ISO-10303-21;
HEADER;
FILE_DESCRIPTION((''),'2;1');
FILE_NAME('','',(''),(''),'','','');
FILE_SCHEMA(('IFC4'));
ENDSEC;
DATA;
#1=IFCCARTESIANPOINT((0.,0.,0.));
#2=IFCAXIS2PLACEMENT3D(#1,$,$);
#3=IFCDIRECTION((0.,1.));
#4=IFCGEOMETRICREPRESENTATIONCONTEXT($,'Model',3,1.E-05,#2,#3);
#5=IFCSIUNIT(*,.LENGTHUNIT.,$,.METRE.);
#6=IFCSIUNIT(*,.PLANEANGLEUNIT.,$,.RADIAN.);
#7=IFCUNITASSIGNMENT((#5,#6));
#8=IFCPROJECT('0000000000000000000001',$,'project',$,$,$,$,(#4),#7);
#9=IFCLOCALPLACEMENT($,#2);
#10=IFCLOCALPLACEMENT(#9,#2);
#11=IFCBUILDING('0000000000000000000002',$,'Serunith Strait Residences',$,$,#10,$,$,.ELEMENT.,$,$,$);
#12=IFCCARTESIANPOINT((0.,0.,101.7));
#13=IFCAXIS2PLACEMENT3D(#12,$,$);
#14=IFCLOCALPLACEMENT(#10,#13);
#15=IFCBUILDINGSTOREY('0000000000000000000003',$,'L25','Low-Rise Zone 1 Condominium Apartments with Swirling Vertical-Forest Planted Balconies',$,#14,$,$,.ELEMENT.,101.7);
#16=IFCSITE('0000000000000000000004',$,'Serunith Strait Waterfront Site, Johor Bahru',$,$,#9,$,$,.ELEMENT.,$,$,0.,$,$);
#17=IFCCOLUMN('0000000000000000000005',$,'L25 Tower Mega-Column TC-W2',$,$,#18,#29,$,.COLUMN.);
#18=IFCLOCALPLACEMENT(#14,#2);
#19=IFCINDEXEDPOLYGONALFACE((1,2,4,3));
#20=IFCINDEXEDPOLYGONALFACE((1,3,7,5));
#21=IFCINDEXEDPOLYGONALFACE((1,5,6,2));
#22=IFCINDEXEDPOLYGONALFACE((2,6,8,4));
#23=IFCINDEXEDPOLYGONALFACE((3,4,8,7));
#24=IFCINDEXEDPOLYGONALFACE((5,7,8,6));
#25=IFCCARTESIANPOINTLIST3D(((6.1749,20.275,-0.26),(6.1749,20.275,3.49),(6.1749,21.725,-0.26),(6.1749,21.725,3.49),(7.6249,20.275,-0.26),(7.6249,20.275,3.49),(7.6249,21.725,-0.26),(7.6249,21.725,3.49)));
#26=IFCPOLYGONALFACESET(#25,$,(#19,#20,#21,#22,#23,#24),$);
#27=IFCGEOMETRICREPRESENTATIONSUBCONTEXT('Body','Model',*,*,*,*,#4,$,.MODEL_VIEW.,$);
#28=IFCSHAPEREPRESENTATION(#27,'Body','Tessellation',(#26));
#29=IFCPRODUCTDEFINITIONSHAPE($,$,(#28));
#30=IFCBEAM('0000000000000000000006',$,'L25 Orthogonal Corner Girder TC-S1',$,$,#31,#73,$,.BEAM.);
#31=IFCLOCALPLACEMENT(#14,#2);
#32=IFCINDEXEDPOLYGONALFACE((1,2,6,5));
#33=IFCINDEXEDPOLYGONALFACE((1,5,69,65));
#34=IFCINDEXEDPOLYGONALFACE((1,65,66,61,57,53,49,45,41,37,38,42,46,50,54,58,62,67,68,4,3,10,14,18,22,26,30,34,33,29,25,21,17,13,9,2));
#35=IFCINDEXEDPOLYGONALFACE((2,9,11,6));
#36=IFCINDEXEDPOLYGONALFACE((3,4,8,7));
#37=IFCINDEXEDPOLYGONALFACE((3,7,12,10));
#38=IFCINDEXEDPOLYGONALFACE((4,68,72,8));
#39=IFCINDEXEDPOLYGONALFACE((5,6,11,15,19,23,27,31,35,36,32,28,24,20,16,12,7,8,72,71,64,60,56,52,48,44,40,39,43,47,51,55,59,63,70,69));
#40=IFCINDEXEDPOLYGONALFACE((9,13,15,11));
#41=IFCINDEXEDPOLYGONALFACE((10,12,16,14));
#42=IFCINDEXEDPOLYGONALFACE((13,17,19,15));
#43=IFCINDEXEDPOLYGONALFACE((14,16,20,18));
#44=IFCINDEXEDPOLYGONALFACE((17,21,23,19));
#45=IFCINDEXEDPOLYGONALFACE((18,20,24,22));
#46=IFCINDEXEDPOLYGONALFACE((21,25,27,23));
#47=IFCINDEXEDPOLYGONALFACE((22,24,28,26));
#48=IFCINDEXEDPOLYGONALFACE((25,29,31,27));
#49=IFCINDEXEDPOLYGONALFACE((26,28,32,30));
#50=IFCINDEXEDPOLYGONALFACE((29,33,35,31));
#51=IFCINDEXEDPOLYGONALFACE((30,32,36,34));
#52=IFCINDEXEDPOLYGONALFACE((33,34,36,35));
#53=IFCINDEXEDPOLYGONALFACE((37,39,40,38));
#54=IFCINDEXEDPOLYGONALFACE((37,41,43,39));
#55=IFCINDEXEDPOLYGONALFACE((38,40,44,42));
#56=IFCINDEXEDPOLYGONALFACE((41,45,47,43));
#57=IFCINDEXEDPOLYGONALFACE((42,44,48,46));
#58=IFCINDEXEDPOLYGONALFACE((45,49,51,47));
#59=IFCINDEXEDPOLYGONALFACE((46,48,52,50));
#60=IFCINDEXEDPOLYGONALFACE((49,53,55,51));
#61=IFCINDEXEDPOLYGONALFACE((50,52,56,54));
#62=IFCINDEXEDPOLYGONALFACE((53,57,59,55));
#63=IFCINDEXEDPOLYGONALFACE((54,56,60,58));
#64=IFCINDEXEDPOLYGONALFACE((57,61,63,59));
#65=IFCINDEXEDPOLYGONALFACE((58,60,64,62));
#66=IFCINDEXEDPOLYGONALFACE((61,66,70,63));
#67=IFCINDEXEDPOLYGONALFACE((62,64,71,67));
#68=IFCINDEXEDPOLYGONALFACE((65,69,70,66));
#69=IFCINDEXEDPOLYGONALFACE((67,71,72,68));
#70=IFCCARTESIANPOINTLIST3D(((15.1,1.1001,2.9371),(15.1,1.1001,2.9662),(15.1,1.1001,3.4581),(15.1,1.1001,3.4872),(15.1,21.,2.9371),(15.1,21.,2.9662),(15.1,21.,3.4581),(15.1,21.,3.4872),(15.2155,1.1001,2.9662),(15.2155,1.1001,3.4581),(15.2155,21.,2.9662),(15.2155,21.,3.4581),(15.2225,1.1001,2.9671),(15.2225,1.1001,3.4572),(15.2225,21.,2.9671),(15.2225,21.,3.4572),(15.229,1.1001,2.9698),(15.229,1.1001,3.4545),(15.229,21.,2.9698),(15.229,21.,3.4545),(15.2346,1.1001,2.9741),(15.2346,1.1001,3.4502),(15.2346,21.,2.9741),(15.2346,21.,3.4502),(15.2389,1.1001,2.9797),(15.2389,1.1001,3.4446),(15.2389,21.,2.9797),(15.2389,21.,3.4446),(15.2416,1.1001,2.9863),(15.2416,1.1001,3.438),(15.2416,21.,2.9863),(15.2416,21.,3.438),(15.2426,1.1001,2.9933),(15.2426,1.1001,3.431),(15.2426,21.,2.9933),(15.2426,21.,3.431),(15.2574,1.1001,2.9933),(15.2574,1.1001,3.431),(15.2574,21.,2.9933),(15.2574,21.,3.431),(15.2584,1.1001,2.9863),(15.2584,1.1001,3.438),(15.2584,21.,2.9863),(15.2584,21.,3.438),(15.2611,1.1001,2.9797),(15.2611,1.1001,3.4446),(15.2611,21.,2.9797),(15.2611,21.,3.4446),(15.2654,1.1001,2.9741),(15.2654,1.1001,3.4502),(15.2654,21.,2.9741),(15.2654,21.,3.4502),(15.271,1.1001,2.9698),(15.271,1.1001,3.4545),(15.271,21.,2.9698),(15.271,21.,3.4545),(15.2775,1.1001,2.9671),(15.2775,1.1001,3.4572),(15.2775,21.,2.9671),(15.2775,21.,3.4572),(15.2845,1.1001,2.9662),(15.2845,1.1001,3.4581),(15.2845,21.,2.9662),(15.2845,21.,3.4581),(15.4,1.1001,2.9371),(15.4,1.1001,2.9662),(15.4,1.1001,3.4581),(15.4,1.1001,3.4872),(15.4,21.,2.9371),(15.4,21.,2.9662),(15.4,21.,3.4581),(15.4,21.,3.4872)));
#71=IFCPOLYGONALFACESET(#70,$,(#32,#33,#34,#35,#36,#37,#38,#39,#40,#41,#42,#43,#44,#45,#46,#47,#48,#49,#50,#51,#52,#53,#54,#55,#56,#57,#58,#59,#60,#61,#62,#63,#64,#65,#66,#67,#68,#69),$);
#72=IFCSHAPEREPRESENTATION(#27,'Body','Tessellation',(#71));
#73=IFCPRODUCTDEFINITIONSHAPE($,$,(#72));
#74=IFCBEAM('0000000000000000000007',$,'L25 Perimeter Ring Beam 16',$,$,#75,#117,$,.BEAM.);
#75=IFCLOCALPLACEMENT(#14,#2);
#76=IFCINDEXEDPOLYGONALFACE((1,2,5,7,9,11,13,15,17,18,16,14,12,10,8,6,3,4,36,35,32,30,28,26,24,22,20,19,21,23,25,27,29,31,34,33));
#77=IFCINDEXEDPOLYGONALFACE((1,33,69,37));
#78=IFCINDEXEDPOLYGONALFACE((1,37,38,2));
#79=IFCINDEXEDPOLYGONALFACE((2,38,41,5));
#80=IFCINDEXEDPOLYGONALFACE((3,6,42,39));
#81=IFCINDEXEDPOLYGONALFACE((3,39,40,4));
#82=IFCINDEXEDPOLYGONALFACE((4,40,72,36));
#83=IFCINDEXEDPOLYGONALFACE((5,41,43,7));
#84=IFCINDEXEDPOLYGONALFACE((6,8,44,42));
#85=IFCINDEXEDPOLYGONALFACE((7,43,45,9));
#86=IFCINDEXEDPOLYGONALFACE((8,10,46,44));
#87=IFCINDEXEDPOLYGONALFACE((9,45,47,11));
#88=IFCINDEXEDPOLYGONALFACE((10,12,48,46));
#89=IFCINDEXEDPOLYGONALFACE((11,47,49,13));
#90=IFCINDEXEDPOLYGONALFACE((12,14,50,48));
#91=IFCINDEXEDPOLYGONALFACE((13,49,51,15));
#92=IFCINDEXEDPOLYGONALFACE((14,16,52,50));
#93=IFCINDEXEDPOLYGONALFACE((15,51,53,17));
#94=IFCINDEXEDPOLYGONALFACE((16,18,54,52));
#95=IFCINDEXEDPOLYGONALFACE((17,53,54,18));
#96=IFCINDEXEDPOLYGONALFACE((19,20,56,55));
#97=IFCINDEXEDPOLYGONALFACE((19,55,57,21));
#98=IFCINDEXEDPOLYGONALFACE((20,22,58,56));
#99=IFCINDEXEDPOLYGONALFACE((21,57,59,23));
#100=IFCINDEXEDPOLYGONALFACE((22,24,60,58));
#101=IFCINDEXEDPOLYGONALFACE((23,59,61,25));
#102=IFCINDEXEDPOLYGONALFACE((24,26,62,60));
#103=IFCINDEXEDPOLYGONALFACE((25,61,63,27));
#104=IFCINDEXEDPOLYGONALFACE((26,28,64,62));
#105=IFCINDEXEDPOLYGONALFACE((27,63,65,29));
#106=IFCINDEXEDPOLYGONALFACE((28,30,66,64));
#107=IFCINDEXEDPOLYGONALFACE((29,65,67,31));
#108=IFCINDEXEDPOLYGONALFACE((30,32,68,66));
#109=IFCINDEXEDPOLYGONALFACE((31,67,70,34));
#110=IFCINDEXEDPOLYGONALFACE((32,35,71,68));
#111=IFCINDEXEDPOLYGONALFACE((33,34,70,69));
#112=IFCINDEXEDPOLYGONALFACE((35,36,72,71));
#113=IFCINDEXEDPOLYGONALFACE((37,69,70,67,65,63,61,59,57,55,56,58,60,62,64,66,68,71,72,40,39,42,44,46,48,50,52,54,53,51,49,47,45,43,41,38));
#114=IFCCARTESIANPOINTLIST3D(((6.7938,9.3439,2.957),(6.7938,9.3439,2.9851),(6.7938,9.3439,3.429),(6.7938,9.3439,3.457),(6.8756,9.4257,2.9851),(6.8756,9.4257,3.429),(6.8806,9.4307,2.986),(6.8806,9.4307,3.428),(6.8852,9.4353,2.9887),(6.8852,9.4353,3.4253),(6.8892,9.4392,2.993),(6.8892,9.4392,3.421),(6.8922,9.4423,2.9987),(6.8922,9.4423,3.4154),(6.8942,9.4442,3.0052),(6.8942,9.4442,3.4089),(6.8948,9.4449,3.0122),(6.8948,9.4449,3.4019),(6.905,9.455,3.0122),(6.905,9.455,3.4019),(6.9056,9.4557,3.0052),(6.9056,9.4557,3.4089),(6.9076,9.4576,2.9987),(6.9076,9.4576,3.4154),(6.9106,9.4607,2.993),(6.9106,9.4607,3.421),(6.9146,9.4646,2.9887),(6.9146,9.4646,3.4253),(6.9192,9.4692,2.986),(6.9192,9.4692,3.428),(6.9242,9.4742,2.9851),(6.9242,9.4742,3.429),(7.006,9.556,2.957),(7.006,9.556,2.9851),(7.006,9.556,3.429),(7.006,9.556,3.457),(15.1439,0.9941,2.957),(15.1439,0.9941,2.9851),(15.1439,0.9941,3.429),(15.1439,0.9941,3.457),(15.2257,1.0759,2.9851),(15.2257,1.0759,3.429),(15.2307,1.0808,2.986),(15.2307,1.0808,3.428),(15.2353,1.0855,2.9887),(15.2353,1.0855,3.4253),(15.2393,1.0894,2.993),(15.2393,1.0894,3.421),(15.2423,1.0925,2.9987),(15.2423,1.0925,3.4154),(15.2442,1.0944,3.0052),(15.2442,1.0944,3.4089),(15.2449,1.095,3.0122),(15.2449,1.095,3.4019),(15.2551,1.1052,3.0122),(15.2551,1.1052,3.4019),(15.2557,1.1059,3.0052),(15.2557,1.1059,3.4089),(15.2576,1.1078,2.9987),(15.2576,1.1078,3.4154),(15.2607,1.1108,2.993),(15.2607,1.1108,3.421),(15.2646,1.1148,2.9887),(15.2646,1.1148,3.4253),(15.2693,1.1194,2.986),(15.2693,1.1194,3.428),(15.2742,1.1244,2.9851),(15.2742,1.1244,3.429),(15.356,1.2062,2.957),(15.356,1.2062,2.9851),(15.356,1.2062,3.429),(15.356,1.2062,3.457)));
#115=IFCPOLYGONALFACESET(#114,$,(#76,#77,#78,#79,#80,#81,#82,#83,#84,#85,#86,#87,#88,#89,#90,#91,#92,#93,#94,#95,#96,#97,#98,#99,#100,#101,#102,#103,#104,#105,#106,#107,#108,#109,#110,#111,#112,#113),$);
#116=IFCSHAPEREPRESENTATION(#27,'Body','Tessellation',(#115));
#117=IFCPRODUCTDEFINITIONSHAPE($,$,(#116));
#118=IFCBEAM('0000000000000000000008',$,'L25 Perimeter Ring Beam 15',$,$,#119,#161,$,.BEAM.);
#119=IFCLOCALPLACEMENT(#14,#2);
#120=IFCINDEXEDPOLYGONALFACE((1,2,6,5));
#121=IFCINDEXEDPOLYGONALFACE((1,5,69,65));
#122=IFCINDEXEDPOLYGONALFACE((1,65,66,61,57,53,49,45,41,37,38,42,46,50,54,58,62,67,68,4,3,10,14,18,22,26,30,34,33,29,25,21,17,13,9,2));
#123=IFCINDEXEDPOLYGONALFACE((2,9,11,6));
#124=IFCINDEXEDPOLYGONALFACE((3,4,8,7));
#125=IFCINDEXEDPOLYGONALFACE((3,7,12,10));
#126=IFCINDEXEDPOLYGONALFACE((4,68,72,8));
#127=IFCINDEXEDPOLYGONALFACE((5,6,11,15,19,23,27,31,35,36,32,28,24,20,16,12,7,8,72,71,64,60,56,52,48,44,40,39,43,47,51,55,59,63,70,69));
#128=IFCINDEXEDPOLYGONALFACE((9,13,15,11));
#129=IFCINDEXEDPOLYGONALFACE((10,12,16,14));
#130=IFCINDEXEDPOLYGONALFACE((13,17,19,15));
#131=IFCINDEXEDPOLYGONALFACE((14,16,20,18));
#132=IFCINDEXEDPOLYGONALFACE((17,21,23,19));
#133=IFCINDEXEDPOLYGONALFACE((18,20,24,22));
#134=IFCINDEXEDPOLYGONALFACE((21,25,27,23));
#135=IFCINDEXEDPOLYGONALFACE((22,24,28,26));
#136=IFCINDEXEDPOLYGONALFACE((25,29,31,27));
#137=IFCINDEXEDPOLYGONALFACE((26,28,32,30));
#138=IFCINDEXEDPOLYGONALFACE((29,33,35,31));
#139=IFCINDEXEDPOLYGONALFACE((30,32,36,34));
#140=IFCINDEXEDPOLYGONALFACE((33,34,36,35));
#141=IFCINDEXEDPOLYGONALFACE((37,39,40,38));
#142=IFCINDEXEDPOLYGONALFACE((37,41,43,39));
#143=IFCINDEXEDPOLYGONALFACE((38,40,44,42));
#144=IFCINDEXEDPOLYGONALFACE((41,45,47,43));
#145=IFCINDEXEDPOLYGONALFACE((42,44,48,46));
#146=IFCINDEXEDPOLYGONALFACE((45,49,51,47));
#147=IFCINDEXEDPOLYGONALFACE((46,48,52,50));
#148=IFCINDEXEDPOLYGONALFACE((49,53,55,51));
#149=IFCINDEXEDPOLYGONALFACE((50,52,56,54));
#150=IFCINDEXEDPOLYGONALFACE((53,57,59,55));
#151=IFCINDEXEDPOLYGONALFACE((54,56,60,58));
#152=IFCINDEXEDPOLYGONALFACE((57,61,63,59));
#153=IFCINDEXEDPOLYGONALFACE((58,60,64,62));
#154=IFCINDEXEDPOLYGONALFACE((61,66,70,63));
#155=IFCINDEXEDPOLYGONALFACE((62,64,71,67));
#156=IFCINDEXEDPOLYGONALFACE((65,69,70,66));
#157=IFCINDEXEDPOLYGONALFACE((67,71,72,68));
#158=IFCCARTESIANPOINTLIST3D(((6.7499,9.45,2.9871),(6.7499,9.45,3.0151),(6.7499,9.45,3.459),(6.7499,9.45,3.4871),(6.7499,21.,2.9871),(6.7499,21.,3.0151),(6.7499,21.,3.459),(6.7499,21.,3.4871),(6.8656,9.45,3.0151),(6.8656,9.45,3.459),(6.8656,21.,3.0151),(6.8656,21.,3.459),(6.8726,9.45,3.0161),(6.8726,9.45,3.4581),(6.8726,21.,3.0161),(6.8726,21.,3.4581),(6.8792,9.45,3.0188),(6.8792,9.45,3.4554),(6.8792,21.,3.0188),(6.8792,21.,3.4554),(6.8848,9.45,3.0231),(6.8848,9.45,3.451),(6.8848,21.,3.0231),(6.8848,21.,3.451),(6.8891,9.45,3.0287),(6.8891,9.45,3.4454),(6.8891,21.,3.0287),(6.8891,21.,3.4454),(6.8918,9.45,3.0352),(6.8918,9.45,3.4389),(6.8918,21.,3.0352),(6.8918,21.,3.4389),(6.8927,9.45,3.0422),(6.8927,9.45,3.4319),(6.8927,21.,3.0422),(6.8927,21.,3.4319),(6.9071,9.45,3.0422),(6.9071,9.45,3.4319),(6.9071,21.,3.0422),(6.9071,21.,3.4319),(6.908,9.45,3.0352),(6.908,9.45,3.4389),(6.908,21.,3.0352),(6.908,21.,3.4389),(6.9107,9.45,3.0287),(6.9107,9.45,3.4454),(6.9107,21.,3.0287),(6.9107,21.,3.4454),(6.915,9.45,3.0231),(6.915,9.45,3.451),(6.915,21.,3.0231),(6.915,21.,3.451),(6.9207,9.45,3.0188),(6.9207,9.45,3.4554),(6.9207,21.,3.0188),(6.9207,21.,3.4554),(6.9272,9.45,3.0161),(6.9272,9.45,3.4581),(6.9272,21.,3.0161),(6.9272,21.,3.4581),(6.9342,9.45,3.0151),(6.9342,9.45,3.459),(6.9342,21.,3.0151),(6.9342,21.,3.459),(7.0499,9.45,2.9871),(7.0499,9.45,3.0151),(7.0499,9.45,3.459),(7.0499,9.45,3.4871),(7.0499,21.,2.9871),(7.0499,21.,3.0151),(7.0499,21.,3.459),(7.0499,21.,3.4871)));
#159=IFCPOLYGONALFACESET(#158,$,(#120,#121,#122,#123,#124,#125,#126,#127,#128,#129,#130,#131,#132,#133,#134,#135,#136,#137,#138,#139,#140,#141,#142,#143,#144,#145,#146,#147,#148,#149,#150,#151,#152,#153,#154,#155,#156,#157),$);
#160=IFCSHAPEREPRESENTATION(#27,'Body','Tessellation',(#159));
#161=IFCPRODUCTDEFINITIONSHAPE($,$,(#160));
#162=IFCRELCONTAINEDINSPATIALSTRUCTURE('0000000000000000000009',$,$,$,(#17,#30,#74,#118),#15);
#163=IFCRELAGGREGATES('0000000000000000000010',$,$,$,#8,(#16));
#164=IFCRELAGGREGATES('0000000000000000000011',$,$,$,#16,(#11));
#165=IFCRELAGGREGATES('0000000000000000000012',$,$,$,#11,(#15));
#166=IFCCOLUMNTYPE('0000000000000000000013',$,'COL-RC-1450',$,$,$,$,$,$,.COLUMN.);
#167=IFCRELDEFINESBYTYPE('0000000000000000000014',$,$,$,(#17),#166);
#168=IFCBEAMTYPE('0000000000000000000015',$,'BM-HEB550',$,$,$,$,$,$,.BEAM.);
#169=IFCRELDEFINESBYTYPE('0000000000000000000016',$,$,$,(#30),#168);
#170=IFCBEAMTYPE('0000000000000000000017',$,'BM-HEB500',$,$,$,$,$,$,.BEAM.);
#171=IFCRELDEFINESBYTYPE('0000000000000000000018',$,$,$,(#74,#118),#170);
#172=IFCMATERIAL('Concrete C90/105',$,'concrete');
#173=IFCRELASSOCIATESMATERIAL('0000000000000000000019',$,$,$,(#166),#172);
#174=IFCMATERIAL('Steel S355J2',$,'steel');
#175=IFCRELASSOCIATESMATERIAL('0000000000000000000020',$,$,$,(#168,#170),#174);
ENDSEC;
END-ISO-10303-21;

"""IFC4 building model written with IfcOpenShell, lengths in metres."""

from ifc_helpers import new_model, si_unit, direction, frame, origin, origin_2d, place, context, subcontext, project, spatial, rectangle, i_section, extrude, source, transform, mapped, material, material_profile, profile_set, type_object, element, save


model = new_model("IFC4")

# Units and contexts
model_context = context("Model", 3, precision=1e-05, world=origin(), true_north=direction((0.0, 1.0)))
body_context = subcontext(model_context, "Body", "Model", "MODEL_VIEW")
ifc_project = project(units=[si_unit("LENGTHUNIT", "METRE"), si_unit("PLANEANGLEUNIT", "RADIAN")], contexts=[model_context])

# Site, building, storey
site_placement = place(None, origin())
site = spatial("IfcSite", under=ifc_project, at=site_placement, Name="Serunith Strait Waterfront Site, Johor Bahru", CompositionType="ELEMENT", RefElevation=0.0)
building_placement = place(site_placement, origin())
building = spatial("IfcBuilding", under=site, at=building_placement, Name="Serunith Strait Residences", CompositionType="ELEMENT")
storey_placement = place(building_placement, frame((0.0, 0.0, 101.7)))
storey = spatial("IfcBuildingStorey", under=building, at=storey_placement, Name="L25", Description="Low-Rise Zone 1 Condominium Apartments with Swirling Vertical-Forest Planted Balconies", CompositionType="ELEMENT", Elevation=101.7)

# Column
ifc_material_1 = material(Name="Concrete C90/105", Category="concrete")
ifc_material_profile_1 = material_profile(ifc_material_1, rectangle(XDim=1.45, YDim=1.45, at=origin_2d()), Name="RC 1450x1450")
ifc_profile_set_1 = profile_set([ifc_material_profile_1], Name="Concrete C90/105")
column_type = type_object("IfcColumnType", Name="COL-RC-1450", PredefinedType="COLUMN", material=ifc_profile_set_1)
shared_shape_1 = source(origin(), body_context, "Body", "SweptSolid", [
    extrude(rectangle(XDim=1.45, YDim=1.45, at=origin_2d()), origin(), (0.0, 0.0, 1.0), 3.75),
])
column_placement = place(storey_placement, frame((6.8999, 21.0, -0.26), z_axis=(0.0, 0.0, 1.0), x_axis=(1.0, 0.0, 0.0)))
element("IfcColumn", 1, at=column_placement, inside=storey, type_object=column_type, Name="L25 Tower Mega-Column TC-W2", PredefinedType="COLUMN", context=body_context, shape_type="MappedRepresentation", body=[
    mapped(shared_shape_1, transform((0.0, 0.0, 0.0), scale=1.0)),
])

# Beams
ifc_material_2 = material(Name="Steel S355J2", Category="steel")
ifc_material_profile_2 = material_profile(ifc_material_2, i_section(OverallWidth=0.3, OverallDepth=0.55, WebThickness=0.0149, FlangeThickness=0.0291, FilletRadius=0.0271, at=origin_2d()), Name="HEB 550")
ifc_profile_set_2 = profile_set([ifc_material_profile_2], Name="Steel S355J2")
beam_type_1 = type_object("IfcBeamType", Name="BM-HEB550", PredefinedType="BEAM", material=ifc_profile_set_2)
shared_shape_2 = source(origin(), body_context, "Body", "SweptSolid", [
    extrude(i_section(OverallWidth=0.3, OverallDepth=0.55, WebThickness=0.0149, FlangeThickness=0.0291, FilletRadius=0.0271, at=origin_2d()), origin(), (0.0, 0.0, 1.0), 19.8999),
])
beam_1_placement = place(storey_placement, frame((15.25, 21.0, 3.2122), z_axis=(0.0, -1.0, 0.0), x_axis=(1.0, 0.0, 0.0)))
element("IfcBeam", 2, at=beam_1_placement, inside=storey, type_object=beam_type_1, Name="L25 Orthogonal Corner Girder TC-S1", PredefinedType="BEAM", context=body_context, shape_type="MappedRepresentation", body=[
    mapped(shared_shape_2, transform((0.0, 0.0, 0.0), scale=1.0)),
])
ifc_material_profile_3 = material_profile(ifc_material_2, i_section(OverallWidth=0.3, OverallDepth=0.5, WebThickness=0.0144, FlangeThickness=0.0281, FilletRadius=0.0271, at=origin_2d()), Name="HEB 500")
ifc_profile_set_3 = profile_set([ifc_material_profile_3], Name="Steel S355J2")
beam_type_2 = type_object("IfcBeamType", Name="BM-HEB500", PredefinedType="BEAM", material=ifc_profile_set_3)
shared_shape_3 = source(origin(), body_context, "Body", "SweptSolid", [
    extrude(i_section(OverallWidth=0.3, OverallDepth=0.5, WebThickness=0.0144, FlangeThickness=0.0281, FilletRadius=0.0271, at=origin_2d()), origin(), (0.0, 0.0, 1.0), 11.8086),
])
beam_2_placement = place(storey_placement, frame((6.8999, 9.45, 3.207), z_axis=(0.707117, -0.707096, 0.0), x_axis=(0.707096, 0.707117, 0.0)))
element("IfcBeam", 3, at=beam_2_placement, inside=storey, type_object=beam_type_2, Name="L25 Perimeter Ring Beam 16", PredefinedType="BEAM", context=body_context, shape_type="MappedRepresentation", body=[
    mapped(shared_shape_3, transform((0.0, 0.0, 0.0), scale=1.0)),
])
shared_shape_4 = source(origin(), body_context, "Body", "SweptSolid", [
    extrude(i_section(OverallWidth=0.3, OverallDepth=0.5, WebThickness=0.0144, FlangeThickness=0.0281, FilletRadius=0.0271, at=origin_2d()), origin(), (0.0, 0.0, 1.0), 11.55),
])
beam_3_placement = place(storey_placement, frame((6.8999, 21.0, 3.2371), z_axis=(0.0, -1.0, 0.0), x_axis=(1.0, 0.0, 0.0)))
element("IfcBeam", 4, at=beam_3_placement, inside=storey, type_object=beam_type_2, Name="L25 Perimeter Ring Beam 15", PredefinedType="BEAM", context=body_context, shape_type="MappedRepresentation", body=[
    mapped(shared_shape_4, transform((0.0, 0.0, 0.0), scale=1.0)),
])

save(model, "model.ifc")
